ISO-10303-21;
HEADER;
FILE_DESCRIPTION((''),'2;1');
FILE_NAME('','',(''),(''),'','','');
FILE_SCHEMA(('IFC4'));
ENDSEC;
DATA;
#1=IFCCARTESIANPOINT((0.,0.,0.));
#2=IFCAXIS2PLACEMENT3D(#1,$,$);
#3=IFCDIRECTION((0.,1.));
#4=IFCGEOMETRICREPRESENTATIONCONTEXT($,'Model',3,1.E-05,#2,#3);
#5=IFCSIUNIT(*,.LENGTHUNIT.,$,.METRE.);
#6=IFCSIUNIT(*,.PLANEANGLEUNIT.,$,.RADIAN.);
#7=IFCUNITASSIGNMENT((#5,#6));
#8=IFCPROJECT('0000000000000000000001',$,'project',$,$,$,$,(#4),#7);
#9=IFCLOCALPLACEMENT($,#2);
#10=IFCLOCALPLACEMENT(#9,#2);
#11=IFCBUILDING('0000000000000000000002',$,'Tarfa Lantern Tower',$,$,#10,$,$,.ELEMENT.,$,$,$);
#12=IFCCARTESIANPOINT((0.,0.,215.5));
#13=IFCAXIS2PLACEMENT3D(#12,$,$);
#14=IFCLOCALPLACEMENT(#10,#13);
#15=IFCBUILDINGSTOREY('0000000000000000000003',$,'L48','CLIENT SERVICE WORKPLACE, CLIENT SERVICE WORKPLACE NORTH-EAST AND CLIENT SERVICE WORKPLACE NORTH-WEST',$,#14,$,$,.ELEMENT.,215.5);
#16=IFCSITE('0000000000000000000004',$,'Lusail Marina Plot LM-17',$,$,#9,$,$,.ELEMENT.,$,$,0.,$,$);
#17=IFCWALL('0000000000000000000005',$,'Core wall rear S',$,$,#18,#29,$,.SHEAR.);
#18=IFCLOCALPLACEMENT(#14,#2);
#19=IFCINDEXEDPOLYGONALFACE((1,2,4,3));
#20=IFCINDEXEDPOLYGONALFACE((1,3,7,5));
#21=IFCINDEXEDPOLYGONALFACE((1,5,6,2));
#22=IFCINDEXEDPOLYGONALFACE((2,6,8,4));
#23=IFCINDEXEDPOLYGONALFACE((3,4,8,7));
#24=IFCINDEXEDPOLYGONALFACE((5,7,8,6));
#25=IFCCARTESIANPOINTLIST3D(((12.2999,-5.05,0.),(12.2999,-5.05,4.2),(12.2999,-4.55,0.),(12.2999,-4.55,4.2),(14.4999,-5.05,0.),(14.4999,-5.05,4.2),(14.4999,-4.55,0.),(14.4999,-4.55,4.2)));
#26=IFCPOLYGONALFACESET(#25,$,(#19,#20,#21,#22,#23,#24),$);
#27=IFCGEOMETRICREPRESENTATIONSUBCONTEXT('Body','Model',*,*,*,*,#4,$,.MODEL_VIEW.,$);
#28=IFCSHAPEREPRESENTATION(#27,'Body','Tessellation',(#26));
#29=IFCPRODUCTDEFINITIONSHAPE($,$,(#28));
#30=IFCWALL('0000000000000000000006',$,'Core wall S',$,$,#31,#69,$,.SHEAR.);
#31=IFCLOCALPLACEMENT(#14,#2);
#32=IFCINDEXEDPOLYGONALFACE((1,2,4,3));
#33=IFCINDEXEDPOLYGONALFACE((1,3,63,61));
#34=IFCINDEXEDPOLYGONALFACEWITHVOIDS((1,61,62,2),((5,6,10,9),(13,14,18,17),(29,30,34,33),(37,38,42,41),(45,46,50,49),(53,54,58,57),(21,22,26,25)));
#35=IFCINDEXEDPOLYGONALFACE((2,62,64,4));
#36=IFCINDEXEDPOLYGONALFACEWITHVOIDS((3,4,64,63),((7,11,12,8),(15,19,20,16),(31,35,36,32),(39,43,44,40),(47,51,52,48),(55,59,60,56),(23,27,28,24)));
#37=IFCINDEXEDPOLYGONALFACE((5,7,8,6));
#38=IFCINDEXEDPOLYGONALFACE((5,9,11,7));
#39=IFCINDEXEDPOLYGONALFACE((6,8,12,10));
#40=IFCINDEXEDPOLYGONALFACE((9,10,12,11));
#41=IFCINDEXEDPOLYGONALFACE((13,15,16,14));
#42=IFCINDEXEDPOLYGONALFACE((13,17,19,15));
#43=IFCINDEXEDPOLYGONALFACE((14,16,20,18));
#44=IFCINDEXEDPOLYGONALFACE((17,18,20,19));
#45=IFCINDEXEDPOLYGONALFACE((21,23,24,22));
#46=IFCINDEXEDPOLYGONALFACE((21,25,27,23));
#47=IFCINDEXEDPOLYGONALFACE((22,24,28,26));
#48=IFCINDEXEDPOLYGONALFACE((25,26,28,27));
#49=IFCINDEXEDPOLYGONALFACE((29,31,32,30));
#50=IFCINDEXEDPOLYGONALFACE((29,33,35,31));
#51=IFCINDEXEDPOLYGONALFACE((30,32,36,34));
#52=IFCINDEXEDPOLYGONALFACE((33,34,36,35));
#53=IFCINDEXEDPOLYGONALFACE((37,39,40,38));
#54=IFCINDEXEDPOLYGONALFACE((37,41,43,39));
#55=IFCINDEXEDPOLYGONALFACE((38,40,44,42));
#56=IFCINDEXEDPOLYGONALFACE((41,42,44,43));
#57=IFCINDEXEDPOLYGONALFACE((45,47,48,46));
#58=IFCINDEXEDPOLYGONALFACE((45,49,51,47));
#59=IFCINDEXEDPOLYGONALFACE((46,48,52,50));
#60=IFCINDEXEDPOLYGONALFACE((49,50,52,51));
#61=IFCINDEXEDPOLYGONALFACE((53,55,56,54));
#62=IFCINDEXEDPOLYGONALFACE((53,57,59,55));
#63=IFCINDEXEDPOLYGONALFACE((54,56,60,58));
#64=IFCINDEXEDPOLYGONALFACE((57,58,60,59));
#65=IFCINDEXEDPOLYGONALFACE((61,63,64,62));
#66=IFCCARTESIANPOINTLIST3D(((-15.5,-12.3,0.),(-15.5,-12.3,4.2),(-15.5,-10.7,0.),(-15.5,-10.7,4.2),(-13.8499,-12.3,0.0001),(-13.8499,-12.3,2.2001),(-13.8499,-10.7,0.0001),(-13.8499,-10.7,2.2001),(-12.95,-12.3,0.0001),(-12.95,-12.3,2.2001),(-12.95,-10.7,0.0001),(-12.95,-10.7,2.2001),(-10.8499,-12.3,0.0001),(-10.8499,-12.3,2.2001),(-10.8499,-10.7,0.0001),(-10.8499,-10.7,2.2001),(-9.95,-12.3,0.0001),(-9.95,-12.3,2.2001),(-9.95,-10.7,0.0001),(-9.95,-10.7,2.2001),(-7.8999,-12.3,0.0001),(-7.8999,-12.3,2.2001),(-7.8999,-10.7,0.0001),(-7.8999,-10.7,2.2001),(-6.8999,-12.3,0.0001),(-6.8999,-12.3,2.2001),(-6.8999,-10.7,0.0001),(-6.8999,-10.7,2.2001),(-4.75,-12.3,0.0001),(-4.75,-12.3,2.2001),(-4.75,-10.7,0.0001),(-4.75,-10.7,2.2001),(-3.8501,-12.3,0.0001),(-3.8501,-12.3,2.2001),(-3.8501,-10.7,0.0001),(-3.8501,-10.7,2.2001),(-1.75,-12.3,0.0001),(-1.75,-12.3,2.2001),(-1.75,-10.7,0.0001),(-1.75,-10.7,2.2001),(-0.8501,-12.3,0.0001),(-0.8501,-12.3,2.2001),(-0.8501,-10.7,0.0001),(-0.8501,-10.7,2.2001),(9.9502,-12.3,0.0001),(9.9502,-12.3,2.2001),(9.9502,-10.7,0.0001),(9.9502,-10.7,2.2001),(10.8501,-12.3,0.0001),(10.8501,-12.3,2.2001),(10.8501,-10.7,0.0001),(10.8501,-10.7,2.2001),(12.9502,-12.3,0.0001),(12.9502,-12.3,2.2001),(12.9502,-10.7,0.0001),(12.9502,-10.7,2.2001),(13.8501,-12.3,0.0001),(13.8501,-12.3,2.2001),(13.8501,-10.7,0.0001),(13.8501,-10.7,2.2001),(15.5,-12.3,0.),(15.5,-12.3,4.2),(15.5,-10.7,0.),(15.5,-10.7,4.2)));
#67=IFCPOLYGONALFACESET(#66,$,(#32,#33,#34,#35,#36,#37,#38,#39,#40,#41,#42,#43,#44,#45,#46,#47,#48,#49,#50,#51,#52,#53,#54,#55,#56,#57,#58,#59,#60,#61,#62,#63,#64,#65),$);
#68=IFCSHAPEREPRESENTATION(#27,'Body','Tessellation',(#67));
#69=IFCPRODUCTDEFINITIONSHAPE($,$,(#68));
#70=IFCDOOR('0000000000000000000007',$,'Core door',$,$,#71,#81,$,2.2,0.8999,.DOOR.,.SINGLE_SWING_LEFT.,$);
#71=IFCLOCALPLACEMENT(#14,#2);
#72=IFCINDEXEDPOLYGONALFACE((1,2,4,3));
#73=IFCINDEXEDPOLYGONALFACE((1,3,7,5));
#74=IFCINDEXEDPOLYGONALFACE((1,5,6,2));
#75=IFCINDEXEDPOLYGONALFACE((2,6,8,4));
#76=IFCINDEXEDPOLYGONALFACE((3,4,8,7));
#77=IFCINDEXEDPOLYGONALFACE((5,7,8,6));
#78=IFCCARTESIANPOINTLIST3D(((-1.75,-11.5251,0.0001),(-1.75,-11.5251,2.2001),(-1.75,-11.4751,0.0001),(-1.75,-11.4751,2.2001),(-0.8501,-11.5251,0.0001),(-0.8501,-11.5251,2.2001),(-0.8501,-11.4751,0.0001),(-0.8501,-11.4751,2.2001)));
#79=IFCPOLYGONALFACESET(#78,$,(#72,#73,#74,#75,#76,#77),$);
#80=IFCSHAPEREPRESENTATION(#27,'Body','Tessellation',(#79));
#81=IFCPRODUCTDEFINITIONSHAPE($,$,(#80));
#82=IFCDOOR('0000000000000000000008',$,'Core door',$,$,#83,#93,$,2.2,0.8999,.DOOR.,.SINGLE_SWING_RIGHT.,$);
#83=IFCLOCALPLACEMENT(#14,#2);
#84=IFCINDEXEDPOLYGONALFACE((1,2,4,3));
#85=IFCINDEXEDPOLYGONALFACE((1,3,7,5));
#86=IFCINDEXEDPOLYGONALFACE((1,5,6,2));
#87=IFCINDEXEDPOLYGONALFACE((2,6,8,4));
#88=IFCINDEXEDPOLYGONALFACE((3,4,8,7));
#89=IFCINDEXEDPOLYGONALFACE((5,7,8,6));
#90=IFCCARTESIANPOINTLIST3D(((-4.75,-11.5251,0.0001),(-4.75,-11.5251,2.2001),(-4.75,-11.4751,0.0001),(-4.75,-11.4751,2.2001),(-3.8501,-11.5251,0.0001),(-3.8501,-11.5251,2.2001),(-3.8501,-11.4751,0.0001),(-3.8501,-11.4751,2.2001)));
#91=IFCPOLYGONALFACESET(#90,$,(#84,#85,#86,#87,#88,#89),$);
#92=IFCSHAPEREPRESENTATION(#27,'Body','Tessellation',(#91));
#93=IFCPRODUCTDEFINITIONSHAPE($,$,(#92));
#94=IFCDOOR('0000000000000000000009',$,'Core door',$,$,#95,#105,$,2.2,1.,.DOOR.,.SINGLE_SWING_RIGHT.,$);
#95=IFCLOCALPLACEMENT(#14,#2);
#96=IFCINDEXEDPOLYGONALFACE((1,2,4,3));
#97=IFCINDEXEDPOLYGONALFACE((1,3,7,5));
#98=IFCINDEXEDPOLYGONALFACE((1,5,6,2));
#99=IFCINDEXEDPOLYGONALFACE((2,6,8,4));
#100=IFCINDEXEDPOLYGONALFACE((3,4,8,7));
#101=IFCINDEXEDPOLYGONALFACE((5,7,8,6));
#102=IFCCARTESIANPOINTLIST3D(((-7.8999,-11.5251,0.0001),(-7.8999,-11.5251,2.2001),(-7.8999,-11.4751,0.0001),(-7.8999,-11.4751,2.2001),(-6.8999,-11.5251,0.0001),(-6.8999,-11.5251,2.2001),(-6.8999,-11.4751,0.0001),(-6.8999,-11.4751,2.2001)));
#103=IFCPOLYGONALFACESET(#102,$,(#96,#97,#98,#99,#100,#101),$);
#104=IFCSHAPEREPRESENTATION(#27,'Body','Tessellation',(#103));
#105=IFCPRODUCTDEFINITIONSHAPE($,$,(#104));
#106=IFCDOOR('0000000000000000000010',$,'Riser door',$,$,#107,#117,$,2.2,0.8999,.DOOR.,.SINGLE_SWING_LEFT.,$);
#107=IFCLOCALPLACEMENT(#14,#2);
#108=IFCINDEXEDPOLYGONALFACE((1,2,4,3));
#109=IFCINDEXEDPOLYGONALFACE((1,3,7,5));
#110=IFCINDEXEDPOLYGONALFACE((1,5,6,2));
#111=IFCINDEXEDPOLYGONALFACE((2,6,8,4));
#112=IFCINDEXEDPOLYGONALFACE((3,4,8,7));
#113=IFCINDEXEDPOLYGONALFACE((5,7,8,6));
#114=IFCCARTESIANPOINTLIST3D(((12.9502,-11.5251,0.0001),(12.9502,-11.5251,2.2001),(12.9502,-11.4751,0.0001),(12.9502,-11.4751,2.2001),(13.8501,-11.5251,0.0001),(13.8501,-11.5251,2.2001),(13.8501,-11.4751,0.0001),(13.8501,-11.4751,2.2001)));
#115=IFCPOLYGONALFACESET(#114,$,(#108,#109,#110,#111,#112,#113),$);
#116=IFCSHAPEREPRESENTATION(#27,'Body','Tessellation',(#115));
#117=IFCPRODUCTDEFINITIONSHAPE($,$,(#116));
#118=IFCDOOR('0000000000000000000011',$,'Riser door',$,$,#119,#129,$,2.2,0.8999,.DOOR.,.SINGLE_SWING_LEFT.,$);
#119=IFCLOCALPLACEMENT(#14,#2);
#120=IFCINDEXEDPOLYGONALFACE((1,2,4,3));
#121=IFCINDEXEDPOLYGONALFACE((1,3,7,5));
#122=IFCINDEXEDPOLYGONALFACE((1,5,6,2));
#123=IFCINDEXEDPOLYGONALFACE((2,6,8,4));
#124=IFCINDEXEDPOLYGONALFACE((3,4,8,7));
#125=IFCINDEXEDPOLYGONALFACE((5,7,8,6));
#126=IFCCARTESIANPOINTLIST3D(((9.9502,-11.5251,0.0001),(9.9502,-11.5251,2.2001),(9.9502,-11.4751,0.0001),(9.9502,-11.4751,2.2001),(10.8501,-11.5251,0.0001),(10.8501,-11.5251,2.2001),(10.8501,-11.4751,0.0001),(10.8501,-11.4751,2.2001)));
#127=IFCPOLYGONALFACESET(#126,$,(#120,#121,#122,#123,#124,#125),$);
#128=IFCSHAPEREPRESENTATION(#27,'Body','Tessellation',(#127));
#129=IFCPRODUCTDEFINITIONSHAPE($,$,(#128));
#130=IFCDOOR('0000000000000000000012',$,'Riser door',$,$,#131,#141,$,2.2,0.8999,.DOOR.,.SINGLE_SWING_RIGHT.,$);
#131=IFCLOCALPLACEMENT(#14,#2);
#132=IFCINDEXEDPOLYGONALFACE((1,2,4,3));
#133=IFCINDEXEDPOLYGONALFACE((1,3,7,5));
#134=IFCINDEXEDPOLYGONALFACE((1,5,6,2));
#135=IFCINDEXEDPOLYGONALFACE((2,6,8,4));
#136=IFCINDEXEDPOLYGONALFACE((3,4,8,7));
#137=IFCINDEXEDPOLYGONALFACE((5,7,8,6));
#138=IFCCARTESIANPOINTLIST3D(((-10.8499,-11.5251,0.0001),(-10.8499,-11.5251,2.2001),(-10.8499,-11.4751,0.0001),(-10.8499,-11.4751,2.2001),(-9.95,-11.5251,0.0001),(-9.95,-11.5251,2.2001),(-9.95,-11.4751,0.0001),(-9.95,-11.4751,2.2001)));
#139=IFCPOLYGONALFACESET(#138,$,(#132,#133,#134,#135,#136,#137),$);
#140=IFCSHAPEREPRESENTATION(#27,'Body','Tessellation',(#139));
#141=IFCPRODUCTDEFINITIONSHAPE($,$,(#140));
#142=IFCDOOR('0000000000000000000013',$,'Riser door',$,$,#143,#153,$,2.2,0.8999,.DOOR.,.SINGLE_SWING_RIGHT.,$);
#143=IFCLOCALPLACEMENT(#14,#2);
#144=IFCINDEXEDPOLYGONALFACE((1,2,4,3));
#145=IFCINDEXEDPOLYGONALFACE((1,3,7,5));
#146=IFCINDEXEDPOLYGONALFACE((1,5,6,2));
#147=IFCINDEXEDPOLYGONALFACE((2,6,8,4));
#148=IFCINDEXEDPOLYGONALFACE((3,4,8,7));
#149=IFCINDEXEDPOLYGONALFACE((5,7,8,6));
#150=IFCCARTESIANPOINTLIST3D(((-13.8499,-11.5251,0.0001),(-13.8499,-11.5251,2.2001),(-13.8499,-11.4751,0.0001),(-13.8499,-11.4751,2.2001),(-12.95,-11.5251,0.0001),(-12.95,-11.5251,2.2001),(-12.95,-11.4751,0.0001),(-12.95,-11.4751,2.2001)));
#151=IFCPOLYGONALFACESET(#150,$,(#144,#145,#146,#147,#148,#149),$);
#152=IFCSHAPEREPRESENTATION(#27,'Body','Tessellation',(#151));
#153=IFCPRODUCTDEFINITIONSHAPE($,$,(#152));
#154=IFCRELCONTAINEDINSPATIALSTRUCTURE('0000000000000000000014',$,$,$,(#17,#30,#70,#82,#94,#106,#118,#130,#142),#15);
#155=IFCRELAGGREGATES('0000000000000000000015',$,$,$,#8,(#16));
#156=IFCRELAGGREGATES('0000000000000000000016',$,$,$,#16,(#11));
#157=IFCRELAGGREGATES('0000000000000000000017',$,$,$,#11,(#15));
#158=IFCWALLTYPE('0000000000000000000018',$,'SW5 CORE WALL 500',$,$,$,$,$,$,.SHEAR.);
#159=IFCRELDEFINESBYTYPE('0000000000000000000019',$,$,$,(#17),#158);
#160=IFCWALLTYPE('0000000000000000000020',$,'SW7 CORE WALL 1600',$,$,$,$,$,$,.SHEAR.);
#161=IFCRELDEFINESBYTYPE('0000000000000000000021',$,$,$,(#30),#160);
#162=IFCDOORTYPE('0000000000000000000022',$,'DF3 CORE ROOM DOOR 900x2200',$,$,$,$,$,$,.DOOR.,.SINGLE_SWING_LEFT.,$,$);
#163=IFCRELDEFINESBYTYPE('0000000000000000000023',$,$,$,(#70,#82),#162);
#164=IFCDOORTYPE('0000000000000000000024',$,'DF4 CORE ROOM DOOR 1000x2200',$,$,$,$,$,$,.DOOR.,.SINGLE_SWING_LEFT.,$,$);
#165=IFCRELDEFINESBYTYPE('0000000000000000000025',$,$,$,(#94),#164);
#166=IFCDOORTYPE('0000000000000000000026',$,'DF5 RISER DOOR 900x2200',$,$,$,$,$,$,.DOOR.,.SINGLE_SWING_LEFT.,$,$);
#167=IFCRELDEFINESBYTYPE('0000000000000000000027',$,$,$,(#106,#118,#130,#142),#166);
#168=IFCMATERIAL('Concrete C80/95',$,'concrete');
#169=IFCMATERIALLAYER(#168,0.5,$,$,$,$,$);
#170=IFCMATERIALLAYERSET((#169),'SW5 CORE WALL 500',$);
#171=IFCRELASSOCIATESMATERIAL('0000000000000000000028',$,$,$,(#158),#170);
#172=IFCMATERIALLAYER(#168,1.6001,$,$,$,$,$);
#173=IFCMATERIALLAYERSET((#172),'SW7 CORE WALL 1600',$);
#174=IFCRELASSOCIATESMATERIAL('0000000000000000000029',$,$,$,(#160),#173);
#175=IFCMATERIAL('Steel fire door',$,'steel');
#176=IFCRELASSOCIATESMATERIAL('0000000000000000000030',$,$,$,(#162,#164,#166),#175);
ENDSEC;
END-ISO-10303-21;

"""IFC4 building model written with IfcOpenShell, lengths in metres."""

from ifc_helpers import new_model, si_unit, direction, frame, frame_2d, origin, place, context, subcontext, project, spatial, rectangle, extrude, material, layer, layer_set, type_object, element, fill, save


model = new_model("IFC4")

# Units and contexts
model_context = context("Model", 3, precision=1e-05, world=origin(), true_north=direction((0.0, 1.0)))
body_context = subcontext(model_context, "Body", "Model", "MODEL_VIEW")
ifc_project = project(units=[si_unit("LENGTHUNIT", "METRE"), si_unit("PLANEANGLEUNIT", "RADIAN")], contexts=[model_context])

# Site, building, storey
site_placement = place(None, origin())
site = spatial("IfcSite", under=ifc_project, at=site_placement, Name="Lusail Marina Plot LM-17", CompositionType="ELEMENT", RefElevation=0.0)
building_placement = place(site_placement, origin())
building = spatial("IfcBuilding", under=site, at=building_placement, Name="Tarfa Lantern Tower", CompositionType="ELEMENT")
storey_placement = place(building_placement, frame((0.0, 0.0, 215.5)))
storey = spatial("IfcBuildingStorey", under=building, at=storey_placement, Name="L48", Description="CLIENT SERVICE WORKPLACE, CLIENT SERVICE WORKPLACE NORTH-EAST AND CLIENT SERVICE WORKPLACE NORTH-WEST", CompositionType="ELEMENT", Elevation=215.5)

# Shared definitions
ifc_material_1 = material(Name="Concrete C80/95", Category="concrete")
ifc_material_2 = material(Name="Steel fire door", Category="steel")
ifc_layer_1 = layer(ifc_material_1, 0.5)
ifc_layer_set_1 = layer_set([ifc_layer_1], Name="SW5 CORE WALL 500")
wall_type_1 = type_object("IfcWallType", Name="SW5 CORE WALL 500", PredefinedType="SHEAR", material=ifc_layer_set_1)

# Wall
wall_1_placement = place(storey_placement, frame((14.5, -4.8, 0.0), z_axis=(0.0, 0.0, 1.0), x_axis=(-1.0, 0.0, 0.0)))
element("IfcWall", 1, at=wall_1_placement, inside=storey, type_object=wall_type_1, Name="Core wall rear S", PredefinedType="SHEAR", context=body_context, shape_type="SweptSolid", body=[
    extrude(rectangle(XDim=2.2, YDim=0.5, at=frame_2d((1.1001, 0.0))), origin(), (0.0, 0.0, 1.0), 4.2),
])

# Wall, openings, doors
ifc_layer_2 = layer(ifc_material_1, 1.6001)
ifc_layer_set_2 = layer_set([ifc_layer_2], Name="SW7 CORE WALL 1600")
wall_type_2 = type_object("IfcWallType", Name="SW7 CORE WALL 1600", PredefinedType="SHEAR", material=ifc_layer_set_2)
wall_2_placement = place(storey_placement, frame((15.5, -11.5, 0.0), z_axis=(0.0, 0.0, 1.0), x_axis=(-1.0, 0.0, 0.0)))
wall_2 = element("IfcWall", 2, at=wall_2_placement, inside=storey, type_object=wall_type_2, Name="Core wall S", PredefinedType="SHEAR", context=body_context, shape_type="SweptSolid", body=[
    extrude(rectangle(XDim=31.0, YDim=1.6001, at=frame_2d((15.5, 0.0))), origin(), (0.0, 0.0, 1.0), 4.2),
])
opening_1_placement = place(wall_2_placement, frame((16.3501, 0.0, 0.0)))
opening_1 = element("IfcOpeningElement", 3, at=opening_1_placement, cuts=wall_2, PredefinedType="OPENING", context=body_context, shape_type="SweptSolid", body=[
    extrude(rectangle(XDim=0.8999, YDim=2.2, at=frame_2d((0.45, 1.1001))), frame((0.0, 0.8101, 0.0), z_axis=(0.0, -1.0, 0.0), x_axis=(1.0, 0.0, 0.0)), (0.0, 0.0, 1.0), 1.6201),
])
opening_2_placement = place(wall_2_placement, frame((19.3501, 0.0, 0.0)))
opening_2 = element("IfcOpeningElement", 4, at=opening_2_placement, cuts=wall_2, PredefinedType="OPENING", context=body_context, shape_type="SweptSolid", body=[
    extrude(rectangle(XDim=0.8999, YDim=2.2, at=frame_2d((0.45, 1.1001))), frame((0.0, 0.8101, 0.0), z_axis=(0.0, -1.0, 0.0), x_axis=(1.0, 0.0, 0.0)), (0.0, 0.0, 1.0), 1.6201),
])
opening_3_placement = place(wall_2_placement, frame((22.3999, 0.0, 0.0)))
opening_3 = element("IfcOpeningElement", 5, at=opening_3_placement, cuts=wall_2, PredefinedType="OPENING", context=body_context, shape_type="SweptSolid", body=[
    extrude(rectangle(XDim=1.0, YDim=2.2, at=frame_2d((0.5, 1.1001))), frame((0.0, 0.8101, 0.0), z_axis=(0.0, -1.0, 0.0), x_axis=(1.0, 0.0, 0.0)), (0.0, 0.0, 1.0), 1.6201),
])
opening_4_placement = place(wall_2_placement, frame((1.6499, 0.0, 0.0)))
opening_4 = element("IfcOpeningElement", 6, at=opening_4_placement, cuts=wall_2, PredefinedType="OPENING", context=body_context, shape_type="SweptSolid", body=[
    extrude(rectangle(XDim=0.8999, YDim=2.2, at=frame_2d((0.45, 1.1001))), frame((0.0, 0.8101, 0.0), z_axis=(0.0, -1.0, 0.0), x_axis=(1.0, 0.0, 0.0)), (0.0, 0.0, 1.0), 1.6201),
])
opening_5_placement = place(wall_2_placement, frame((4.6499, 0.0, 0.0)))
opening_5 = element("IfcOpeningElement", 7, at=opening_5_placement, cuts=wall_2, PredefinedType="OPENING", context=body_context, shape_type="SweptSolid", body=[
    extrude(rectangle(XDim=0.8999, YDim=2.2, at=frame_2d((0.45, 1.1001))), frame((0.0, 0.8101, 0.0), z_axis=(0.0, -1.0, 0.0), x_axis=(1.0, 0.0, 0.0)), (0.0, 0.0, 1.0), 1.6201),
])
opening_6_placement = place(wall_2_placement, frame((25.45, 0.0, 0.0)))
opening_6 = element("IfcOpeningElement", 8, at=opening_6_placement, cuts=wall_2, PredefinedType="OPENING", context=body_context, shape_type="SweptSolid", body=[
    extrude(rectangle(XDim=0.8999, YDim=2.2, at=frame_2d((0.45, 1.1001))), frame((0.0, 0.8101, 0.0), z_axis=(0.0, -1.0, 0.0), x_axis=(1.0, 0.0, 0.0)), (0.0, 0.0, 1.0), 1.6201),
])
opening_7_placement = place(wall_2_placement, frame((28.45, 0.0, 0.0)))
opening_7 = element("IfcOpeningElement", 9, at=opening_7_placement, cuts=wall_2, PredefinedType="OPENING", context=body_context, shape_type="SweptSolid", body=[
    extrude(rectangle(XDim=0.8999, YDim=2.2, at=frame_2d((0.45, 1.1001))), frame((0.0, 0.8101, 0.0), z_axis=(0.0, -1.0, 0.0), x_axis=(1.0, 0.0, 0.0)), (0.0, 0.0, 1.0), 1.6201),
])
door_type_1 = type_object("IfcDoorType", Name="DF3 CORE ROOM DOOR 900x2200", OperationType="SINGLE_SWING_LEFT", PredefinedType="DOOR", material=ifc_material_2)
door_1_placement = place(opening_1_placement, frame((0.8999, 0.0, 0.0), z_axis=(0.0, 0.0, 1.0), x_axis=(-1.0, 0.0, 0.0)))
door_1 = element("IfcDoor", 10, at=door_1_placement, inside=storey, type_object=door_type_1, Name="Core door", OperationType="SINGLE_SWING_LEFT", OverallHeight=2.2, OverallWidth=0.8999, PredefinedType="DOOR", context=body_context, shape_type="SweptSolid", body=[
    extrude(rectangle(XDim=0.8999, YDim=2.2, at=frame_2d((0.45, 1.1001))), frame((0.0, 0.0249, 0.0), z_axis=(0.0, -1.0, 0.0), x_axis=(1.0, 0.0, 0.0)), (0.0, 0.0, 1.0), 0.05),
])
fill(opening_1, door_1)
door_2_placement = place(opening_2_placement, frame((0.8999, 0.0, 0.0), z_axis=(0.0, 0.0, 1.0), x_axis=(-1.0, 0.0, 0.0)))
door_2 = element("IfcDoor", 11, at=door_2_placement, inside=storey, type_object=door_type_1, Name="Core door", OperationType="SINGLE_SWING_RIGHT", OverallHeight=2.2, OverallWidth=0.8999, PredefinedType="DOOR", context=body_context, shape_type="SweptSolid", body=[
    extrude(rectangle(XDim=0.8999, YDim=2.2, at=frame_2d((0.45, 1.1001))), frame((0.0, 0.0249, 0.0), z_axis=(0.0, -1.0, 0.0), x_axis=(1.0, 0.0, 0.0)), (0.0, 0.0, 1.0), 0.05),
])
fill(opening_2, door_2)
door_type_2 = type_object("IfcDoorType", Name="DF4 CORE ROOM DOOR 1000x2200", OperationType="SINGLE_SWING_LEFT", PredefinedType="DOOR", material=ifc_material_2)
door_3_placement = place(opening_3_placement, frame((1.0, 0.0, 0.0), z_axis=(0.0, 0.0, 1.0), x_axis=(-1.0, 0.0, 0.0)))
door_3 = element("IfcDoor", 12, at=door_3_placement, inside=storey, type_object=door_type_2, Name="Core door", OperationType="SINGLE_SWING_RIGHT", OverallHeight=2.2, OverallWidth=1.0, PredefinedType="DOOR", context=body_context, shape_type="SweptSolid", body=[
    extrude(rectangle(XDim=1.0, YDim=2.2, at=frame_2d((0.5, 1.1001))), frame((0.0, 0.0249, 0.0), z_axis=(0.0, -1.0, 0.0), x_axis=(1.0, 0.0, 0.0)), (0.0, 0.0, 1.0), 0.05),
])
fill(opening_3, door_3)
door_type_3 = type_object("IfcDoorType", Name="DF5 RISER DOOR 900x2200", OperationType="SINGLE_SWING_LEFT", PredefinedType="DOOR", material=ifc_material_2)
door_4_placement = place(opening_4_placement, frame((0.8999, 0.0, 0.0), z_axis=(0.0, 0.0, 1.0), x_axis=(-1.0, 0.0, 0.0)))
door_4 = element("IfcDoor", 13, at=door_4_placement, inside=storey, type_object=door_type_3, Name="Riser door", OperationType="SINGLE_SWING_LEFT", OverallHeight=2.2, OverallWidth=0.8999, PredefinedType="DOOR", context=body_context, shape_type="SweptSolid", body=[
    extrude(rectangle(XDim=0.8999, YDim=2.2, at=frame_2d((0.45, 1.1001))), frame((0.0, 0.0249, 0.0), z_axis=(0.0, -1.0, 0.0), x_axis=(1.0, 0.0, 0.0)), (0.0, 0.0, 1.0), 0.05),
])
fill(opening_4, door_4)
door_5_placement = place(opening_5_placement, frame((0.8999, 0.0, 0.0), z_axis=(0.0, 0.0, 1.0), x_axis=(-1.0, 0.0, 0.0)))
door_5 = element("IfcDoor", 14, at=door_5_placement, inside=storey, type_object=door_type_3, Name="Riser door", OperationType="SINGLE_SWING_LEFT", OverallHeight=2.2, OverallWidth=0.8999, PredefinedType="DOOR", context=body_context, shape_type="SweptSolid", body=[
    extrude(rectangle(XDim=0.8999, YDim=2.2, at=frame_2d((0.45, 1.1001))), frame((0.0, 0.0249, 0.0), z_axis=(0.0, -1.0, 0.0), x_axis=(1.0, 0.0, 0.0)), (0.0, 0.0, 1.0), 0.05),
])
fill(opening_5, door_5)
door_6_placement = place(opening_6_placement, frame((0.8999, 0.0, 0.0), z_axis=(0.0, 0.0, 1.0), x_axis=(-1.0, 0.0, 0.0)))
door_6 = element("IfcDoor", 15, at=door_6_placement, inside=storey, type_object=door_type_3, Name="Riser door", OperationType="SINGLE_SWING_RIGHT", OverallHeight=2.2, OverallWidth=0.8999, PredefinedType="DOOR", context=body_context, shape_type="SweptSolid", body=[
    extrude(rectangle(XDim=0.8999, YDim=2.2, at=frame_2d((0.45, 1.1001))), frame((0.0, 0.0249, 0.0), z_axis=(0.0, -1.0, 0.0), x_axis=(1.0, 0.0, 0.0)), (0.0, 0.0, 1.0), 0.05),
])
fill(opening_6, door_6)
door_7_placement = place(opening_7_placement, frame((0.8999, 0.0, 0.0), z_axis=(0.0, 0.0, 1.0), x_axis=(-1.0, 0.0, 0.0)))
door_7 = element("IfcDoor", 16, at=door_7_placement, inside=storey, type_object=door_type_3, Name="Riser door", OperationType="SINGLE_SWING_RIGHT", OverallHeight=2.2, OverallWidth=0.8999, PredefinedType="DOOR", context=body_context, shape_type="SweptSolid", body=[
    extrude(rectangle(XDim=0.8999, YDim=2.2, at=frame_2d((0.45, 1.1001))), frame((0.0, 0.0249, 0.0), z_axis=(0.0, -1.0, 0.0), x_axis=(1.0, 0.0, 0.0)), (0.0, 0.0, 1.0), 0.05),
])
fill(opening_7, door_7)

save(model, "model.ifc")
